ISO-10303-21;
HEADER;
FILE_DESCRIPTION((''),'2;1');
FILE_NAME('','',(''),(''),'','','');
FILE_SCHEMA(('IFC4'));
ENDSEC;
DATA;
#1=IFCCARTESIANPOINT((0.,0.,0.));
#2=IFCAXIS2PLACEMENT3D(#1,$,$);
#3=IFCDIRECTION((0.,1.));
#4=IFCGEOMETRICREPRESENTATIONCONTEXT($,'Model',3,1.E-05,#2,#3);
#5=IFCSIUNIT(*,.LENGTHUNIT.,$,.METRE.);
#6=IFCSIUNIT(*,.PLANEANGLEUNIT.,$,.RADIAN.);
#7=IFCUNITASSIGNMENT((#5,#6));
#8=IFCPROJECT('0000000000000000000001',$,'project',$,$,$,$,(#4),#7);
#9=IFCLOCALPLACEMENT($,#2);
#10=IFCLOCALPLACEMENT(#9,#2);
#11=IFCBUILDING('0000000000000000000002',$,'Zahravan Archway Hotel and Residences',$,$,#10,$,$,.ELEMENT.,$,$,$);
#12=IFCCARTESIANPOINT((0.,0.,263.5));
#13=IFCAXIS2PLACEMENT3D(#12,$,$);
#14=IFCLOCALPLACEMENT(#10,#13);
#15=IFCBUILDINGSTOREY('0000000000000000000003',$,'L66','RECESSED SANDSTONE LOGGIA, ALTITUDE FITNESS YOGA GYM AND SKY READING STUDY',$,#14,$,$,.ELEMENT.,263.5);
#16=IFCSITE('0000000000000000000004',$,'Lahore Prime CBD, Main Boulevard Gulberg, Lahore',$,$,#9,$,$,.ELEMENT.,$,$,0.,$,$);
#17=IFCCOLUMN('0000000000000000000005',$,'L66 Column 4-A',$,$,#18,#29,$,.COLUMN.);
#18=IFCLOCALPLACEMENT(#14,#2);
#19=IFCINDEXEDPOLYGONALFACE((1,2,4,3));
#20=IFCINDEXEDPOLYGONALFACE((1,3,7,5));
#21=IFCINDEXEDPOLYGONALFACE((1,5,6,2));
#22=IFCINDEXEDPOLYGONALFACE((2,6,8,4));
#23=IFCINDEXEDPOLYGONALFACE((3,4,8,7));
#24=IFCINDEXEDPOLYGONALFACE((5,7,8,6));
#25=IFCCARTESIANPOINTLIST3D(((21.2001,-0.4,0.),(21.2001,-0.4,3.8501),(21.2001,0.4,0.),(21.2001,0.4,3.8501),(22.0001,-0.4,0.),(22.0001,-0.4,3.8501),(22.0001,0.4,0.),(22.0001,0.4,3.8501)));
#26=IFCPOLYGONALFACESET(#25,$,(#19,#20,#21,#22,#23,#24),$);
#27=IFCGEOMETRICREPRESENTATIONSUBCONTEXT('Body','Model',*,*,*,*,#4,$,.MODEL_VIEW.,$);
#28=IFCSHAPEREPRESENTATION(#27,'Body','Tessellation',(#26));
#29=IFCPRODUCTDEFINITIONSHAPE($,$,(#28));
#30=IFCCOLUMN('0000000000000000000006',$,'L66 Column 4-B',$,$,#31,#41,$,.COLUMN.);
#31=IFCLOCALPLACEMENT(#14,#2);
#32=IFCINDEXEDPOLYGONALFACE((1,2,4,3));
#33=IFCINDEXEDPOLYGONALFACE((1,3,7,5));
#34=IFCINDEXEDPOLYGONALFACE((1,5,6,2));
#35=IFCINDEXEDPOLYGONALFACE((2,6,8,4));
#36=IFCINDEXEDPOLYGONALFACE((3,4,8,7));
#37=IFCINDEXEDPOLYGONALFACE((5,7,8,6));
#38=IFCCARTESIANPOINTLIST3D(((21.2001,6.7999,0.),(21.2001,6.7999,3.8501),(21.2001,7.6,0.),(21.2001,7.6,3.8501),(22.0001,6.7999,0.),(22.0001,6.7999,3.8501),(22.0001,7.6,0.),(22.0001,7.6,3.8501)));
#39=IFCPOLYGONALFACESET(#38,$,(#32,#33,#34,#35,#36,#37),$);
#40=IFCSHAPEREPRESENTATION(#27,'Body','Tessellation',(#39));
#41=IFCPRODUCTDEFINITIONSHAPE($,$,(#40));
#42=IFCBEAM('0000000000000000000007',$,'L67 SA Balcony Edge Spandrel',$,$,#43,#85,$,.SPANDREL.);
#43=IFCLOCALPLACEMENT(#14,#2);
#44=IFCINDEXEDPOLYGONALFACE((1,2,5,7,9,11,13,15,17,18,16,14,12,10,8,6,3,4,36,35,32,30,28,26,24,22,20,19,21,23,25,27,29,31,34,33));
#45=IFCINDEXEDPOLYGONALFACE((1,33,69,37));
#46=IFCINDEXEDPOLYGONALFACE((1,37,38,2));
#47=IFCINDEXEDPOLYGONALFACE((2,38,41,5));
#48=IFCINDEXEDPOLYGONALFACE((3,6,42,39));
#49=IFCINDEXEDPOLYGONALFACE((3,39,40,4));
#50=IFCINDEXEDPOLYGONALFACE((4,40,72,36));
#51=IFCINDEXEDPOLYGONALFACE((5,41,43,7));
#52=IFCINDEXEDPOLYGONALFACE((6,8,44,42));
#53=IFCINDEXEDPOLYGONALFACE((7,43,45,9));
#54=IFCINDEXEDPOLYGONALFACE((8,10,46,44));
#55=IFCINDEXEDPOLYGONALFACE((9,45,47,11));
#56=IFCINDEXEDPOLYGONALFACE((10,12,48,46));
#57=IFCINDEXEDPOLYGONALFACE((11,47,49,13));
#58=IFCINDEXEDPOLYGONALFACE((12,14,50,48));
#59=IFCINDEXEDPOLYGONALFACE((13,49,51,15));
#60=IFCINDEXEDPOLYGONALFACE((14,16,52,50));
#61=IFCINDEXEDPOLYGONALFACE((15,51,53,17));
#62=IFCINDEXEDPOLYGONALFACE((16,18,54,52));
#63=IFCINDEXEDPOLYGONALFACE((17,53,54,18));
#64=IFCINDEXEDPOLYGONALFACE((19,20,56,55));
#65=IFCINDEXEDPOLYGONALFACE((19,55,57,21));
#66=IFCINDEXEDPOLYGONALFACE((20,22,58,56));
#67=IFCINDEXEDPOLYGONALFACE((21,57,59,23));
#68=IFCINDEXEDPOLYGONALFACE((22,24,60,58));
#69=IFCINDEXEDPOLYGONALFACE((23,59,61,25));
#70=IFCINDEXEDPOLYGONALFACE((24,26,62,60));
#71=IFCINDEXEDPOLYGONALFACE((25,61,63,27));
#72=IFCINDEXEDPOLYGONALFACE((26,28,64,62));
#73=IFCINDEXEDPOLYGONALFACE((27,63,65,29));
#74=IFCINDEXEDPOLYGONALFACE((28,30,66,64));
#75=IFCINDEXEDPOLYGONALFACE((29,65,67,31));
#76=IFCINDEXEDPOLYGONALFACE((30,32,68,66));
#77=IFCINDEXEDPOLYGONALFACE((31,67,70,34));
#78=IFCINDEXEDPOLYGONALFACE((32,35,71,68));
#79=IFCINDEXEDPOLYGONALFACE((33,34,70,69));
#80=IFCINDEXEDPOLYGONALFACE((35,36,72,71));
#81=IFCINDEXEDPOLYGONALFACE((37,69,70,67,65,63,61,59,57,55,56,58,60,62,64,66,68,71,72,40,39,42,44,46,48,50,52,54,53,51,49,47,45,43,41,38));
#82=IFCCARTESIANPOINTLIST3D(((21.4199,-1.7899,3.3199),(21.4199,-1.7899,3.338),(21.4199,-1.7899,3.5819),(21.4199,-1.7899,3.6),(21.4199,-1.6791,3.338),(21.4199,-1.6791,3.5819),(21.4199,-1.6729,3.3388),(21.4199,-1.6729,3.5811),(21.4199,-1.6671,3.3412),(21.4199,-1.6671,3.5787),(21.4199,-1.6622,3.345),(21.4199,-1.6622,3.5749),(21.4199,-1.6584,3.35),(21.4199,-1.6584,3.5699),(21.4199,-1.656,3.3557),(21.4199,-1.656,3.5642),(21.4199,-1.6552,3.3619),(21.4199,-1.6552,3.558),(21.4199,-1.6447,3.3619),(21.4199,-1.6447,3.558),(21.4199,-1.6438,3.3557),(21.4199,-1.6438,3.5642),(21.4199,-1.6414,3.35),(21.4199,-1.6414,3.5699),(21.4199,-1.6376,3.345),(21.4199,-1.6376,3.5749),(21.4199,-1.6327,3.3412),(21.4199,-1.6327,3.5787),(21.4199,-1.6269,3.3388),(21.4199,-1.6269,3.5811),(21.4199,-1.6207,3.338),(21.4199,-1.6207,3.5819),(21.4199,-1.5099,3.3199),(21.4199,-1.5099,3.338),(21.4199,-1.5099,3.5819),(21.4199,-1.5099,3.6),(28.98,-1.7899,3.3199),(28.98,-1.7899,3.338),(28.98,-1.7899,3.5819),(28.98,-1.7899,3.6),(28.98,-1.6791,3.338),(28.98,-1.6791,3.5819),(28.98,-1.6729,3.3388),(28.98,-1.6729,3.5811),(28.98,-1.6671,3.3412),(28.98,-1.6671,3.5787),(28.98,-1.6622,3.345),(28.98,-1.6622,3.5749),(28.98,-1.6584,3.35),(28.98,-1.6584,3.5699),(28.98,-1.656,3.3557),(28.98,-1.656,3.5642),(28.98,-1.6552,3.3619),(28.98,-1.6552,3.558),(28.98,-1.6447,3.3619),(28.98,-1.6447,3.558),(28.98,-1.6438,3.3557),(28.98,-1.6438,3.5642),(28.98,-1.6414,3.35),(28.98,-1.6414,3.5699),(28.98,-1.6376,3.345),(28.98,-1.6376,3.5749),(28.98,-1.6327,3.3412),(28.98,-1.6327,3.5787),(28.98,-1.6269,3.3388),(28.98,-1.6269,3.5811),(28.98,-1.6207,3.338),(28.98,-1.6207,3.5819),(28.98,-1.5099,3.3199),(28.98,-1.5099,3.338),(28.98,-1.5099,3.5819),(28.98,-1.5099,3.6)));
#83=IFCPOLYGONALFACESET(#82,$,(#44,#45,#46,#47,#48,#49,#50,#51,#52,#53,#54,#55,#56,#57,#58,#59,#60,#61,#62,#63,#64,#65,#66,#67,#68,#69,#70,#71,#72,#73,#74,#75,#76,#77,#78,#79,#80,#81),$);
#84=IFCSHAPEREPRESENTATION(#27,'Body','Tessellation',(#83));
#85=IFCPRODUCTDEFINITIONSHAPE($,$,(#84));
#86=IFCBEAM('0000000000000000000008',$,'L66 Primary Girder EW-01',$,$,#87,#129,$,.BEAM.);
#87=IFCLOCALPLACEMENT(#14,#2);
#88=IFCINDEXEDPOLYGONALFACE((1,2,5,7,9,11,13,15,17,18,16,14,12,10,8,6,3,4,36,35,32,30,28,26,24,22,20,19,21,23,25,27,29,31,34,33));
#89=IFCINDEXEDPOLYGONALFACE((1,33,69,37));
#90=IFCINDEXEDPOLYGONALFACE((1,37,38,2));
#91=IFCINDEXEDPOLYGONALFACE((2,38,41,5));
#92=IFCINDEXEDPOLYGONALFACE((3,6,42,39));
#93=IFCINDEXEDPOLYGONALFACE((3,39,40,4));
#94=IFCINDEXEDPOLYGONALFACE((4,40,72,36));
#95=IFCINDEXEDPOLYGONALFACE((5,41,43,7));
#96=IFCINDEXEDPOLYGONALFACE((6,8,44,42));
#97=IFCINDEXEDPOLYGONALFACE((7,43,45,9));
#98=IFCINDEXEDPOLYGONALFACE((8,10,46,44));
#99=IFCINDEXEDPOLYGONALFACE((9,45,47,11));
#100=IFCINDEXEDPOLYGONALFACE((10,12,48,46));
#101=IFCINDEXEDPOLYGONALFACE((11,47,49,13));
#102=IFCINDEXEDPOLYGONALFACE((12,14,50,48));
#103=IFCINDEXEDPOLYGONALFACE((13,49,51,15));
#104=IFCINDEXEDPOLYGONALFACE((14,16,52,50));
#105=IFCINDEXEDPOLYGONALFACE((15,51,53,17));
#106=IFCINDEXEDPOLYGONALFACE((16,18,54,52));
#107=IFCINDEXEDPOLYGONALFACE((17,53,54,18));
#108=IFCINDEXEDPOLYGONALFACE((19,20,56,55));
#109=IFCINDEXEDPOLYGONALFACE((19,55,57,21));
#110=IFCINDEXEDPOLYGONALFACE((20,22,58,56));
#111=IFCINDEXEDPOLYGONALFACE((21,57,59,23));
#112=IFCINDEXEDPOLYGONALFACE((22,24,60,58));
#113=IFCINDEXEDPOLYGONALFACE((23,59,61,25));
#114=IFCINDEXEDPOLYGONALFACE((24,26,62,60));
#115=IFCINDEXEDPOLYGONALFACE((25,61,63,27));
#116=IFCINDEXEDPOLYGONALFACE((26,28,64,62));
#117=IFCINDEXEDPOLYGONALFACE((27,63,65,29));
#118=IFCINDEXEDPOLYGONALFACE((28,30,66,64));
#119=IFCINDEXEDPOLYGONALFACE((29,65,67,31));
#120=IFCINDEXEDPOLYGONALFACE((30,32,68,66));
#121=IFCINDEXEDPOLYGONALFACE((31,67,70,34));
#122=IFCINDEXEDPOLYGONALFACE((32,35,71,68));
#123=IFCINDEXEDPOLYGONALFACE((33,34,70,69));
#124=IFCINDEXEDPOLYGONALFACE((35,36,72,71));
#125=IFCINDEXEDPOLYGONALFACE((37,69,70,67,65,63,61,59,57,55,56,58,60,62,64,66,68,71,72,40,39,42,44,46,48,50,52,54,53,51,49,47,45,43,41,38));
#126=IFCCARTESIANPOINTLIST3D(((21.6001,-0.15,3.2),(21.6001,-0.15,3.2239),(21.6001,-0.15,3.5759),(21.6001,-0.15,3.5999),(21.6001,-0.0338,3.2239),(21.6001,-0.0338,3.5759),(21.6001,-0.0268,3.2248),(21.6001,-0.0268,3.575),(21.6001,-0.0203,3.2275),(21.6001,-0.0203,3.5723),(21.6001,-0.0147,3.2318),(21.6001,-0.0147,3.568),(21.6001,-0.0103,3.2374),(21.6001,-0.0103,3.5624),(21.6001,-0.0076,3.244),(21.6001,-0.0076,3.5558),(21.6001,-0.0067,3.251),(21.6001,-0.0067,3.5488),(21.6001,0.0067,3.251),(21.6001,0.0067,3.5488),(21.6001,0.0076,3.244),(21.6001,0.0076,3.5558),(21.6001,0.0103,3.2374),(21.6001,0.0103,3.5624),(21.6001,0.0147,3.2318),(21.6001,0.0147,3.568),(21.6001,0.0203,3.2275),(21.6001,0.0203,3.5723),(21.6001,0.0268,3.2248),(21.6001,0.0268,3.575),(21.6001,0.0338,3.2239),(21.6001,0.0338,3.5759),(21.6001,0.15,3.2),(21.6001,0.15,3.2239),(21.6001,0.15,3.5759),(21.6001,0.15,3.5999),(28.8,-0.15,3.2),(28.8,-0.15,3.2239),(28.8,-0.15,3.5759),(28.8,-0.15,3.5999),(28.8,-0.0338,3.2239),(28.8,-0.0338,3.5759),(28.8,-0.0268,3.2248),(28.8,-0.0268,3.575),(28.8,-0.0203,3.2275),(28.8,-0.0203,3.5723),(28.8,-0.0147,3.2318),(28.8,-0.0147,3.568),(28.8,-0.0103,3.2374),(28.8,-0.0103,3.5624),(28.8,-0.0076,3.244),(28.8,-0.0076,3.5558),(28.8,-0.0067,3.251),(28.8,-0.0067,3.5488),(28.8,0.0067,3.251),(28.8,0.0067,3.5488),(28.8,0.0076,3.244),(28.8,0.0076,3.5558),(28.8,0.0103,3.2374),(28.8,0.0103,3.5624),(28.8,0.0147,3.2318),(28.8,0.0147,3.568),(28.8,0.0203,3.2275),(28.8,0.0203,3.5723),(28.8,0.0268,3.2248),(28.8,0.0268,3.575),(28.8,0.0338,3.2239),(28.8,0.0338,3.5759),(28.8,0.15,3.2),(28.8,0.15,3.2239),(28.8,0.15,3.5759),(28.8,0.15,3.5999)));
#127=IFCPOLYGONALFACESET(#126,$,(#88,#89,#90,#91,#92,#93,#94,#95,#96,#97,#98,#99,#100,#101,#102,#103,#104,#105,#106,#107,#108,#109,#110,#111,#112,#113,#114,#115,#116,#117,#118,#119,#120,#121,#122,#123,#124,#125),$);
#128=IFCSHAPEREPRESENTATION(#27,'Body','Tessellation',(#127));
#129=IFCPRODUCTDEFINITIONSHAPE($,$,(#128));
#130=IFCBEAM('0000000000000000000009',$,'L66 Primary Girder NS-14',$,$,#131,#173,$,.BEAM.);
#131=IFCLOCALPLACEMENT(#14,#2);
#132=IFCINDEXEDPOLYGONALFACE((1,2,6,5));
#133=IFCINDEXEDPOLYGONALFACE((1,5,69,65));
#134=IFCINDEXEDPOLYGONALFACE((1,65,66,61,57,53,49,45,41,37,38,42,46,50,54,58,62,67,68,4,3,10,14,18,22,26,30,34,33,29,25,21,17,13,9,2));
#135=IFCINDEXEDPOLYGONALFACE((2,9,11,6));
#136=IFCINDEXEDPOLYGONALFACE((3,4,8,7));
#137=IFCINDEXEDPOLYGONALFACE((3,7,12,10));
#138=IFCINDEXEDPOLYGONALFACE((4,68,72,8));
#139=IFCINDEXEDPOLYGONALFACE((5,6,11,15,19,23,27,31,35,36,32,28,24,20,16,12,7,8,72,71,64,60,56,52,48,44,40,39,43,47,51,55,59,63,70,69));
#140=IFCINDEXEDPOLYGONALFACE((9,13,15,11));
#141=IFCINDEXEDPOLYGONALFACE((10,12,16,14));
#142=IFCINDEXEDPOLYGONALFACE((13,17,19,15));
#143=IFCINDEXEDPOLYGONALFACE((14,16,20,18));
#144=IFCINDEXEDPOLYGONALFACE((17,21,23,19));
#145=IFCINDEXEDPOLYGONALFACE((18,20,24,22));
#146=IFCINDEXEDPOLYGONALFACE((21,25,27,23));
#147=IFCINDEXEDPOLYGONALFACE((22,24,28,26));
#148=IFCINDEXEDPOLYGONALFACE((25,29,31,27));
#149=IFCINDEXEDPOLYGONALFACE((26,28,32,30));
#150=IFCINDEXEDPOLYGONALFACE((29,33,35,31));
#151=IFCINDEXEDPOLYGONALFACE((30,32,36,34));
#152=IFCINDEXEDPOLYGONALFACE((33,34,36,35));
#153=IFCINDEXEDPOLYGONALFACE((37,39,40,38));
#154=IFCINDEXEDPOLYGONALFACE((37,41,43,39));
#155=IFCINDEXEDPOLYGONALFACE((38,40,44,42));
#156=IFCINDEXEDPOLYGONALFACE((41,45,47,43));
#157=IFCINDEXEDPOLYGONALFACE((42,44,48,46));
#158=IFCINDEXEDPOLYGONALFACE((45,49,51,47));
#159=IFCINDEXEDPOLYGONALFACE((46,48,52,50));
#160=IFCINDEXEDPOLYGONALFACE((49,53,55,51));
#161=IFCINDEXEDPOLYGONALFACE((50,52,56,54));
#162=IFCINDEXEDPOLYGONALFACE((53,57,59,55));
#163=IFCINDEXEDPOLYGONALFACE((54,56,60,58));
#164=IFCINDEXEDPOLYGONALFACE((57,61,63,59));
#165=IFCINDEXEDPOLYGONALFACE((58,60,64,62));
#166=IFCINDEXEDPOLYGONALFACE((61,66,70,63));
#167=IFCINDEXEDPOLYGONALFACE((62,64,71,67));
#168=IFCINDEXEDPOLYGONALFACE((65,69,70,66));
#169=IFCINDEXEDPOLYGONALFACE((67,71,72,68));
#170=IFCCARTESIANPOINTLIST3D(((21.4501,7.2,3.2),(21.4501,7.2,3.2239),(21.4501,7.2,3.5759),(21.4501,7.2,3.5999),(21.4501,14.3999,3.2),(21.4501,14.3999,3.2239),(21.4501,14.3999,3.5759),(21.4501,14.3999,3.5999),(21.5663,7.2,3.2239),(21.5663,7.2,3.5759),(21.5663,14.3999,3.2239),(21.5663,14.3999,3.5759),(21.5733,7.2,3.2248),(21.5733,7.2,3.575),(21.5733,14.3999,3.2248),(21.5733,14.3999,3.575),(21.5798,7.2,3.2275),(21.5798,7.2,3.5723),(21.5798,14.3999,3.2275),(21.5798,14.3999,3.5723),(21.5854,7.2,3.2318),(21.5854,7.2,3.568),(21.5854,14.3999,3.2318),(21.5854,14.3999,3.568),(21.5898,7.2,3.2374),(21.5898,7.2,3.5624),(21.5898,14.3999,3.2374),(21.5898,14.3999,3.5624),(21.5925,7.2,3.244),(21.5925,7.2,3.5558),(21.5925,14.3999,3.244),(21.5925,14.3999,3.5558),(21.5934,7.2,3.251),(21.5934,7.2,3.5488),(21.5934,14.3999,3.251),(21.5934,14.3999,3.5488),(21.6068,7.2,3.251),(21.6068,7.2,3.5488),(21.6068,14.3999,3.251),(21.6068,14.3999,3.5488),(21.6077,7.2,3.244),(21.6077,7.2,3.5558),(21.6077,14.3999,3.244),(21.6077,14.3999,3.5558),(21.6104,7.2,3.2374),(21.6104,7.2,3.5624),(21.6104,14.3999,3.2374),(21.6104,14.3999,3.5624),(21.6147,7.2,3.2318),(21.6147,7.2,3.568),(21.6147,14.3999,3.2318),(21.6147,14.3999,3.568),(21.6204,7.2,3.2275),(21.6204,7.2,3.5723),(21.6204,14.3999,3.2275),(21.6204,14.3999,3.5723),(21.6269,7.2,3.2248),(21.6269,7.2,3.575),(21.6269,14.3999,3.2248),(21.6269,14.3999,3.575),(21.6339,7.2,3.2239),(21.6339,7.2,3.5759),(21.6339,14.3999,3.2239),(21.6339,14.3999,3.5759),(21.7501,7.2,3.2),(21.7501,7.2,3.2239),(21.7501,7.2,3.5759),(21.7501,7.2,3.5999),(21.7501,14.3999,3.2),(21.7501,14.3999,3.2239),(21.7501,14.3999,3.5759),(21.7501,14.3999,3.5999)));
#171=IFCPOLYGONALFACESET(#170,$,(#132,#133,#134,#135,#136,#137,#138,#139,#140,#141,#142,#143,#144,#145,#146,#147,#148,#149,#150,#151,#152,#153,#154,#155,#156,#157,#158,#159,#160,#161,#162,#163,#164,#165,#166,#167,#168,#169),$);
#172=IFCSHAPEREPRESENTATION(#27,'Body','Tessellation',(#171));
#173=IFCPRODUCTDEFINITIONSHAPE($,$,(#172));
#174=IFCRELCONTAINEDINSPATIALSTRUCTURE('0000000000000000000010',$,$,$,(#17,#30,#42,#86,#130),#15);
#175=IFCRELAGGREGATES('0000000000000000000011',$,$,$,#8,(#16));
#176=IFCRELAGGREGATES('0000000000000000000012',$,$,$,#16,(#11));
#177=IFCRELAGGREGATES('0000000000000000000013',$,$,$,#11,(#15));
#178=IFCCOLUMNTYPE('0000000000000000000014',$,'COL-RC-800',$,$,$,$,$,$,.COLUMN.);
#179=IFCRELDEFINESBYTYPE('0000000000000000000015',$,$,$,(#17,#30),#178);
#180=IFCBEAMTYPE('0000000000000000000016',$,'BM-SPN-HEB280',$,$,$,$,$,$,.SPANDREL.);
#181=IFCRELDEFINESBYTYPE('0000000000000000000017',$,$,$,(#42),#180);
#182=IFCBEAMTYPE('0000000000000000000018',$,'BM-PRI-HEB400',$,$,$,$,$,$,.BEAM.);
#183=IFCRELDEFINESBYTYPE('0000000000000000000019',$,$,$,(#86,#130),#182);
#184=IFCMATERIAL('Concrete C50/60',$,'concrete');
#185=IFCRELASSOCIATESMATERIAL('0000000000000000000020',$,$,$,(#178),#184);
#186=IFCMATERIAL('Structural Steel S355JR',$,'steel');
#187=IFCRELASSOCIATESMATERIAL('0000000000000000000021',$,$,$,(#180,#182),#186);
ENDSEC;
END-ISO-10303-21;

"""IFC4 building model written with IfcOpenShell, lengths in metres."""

from ifc_helpers import new_model, si_unit, direction, frame, origin, origin_2d, place, context, subcontext, project, spatial, rectangle, i_section, extrude, source, transform, mapped, material, material_profile, profile_set, type_object, type_shapes, element, save


model = new_model("IFC4")

# Units and contexts
model_context = context("Model", 3, precision=1e-05, world=origin(), true_north=direction((0.0, 1.0)))
body_context = subcontext(model_context, "Body", "Model", "MODEL_VIEW")
ifc_project = project(units=[si_unit("LENGTHUNIT", "METRE"), si_unit("PLANEANGLEUNIT", "RADIAN")], contexts=[model_context])

# Site, building, storey
site_placement = place(None, origin())
site = spatial("IfcSite", under=ifc_project, at=site_placement, Name="Lahore Prime CBD, Main Boulevard Gulberg, Lahore", CompositionType="ELEMENT", RefElevation=0.0)
building_placement = place(site_placement, origin())
building = spatial("IfcBuilding", under=site, at=building_placement, Name="Zahravan Archway Hotel and Residences", CompositionType="ELEMENT")
storey_placement = place(building_placement, frame((0.0, 0.0, 263.5)))
storey = spatial("IfcBuildingStorey", under=building, at=storey_placement, Name="L66", Description="RECESSED SANDSTONE LOGGIA, ALTITUDE FITNESS YOGA GYM AND SKY READING STUDY", CompositionType="ELEMENT", Elevation=263.5)

# Columns
ifc_material_1 = material(Name="Concrete C50/60", Category="concrete")
ifc_material_profile_1 = material_profile(ifc_material_1, rectangle(XDim=0.8, YDim=0.8, at=origin_2d()), Name="RC-COL-800x800", Category="concrete")
ifc_profile_set_1 = profile_set([ifc_material_profile_1], Name="Concrete C50/60")
column_type = type_object("IfcColumnType", Name="COL-RC-800", PredefinedType="COLUMN", material=ifc_profile_set_1)
shared_shape_1 = source(origin(), body_context, "Body", "SweptSolid", [
    extrude(rectangle(XDim=0.8, YDim=0.8, at=origin_2d()), origin(), (0.0, 0.0, 1.0), 3.8501),
])
for number, where, z_axis, x_axis, name in (
    (1, (21.6001, 0.0, 0.0), (0.0, 0.0, 1.0), (1.0, 0.0, 0.0), "L66 Column 4-A"),
    (2, (21.6001, 7.2, 0.0), (0.0, 0.0, 1.0), (1.0, 0.0, 0.0), "L66 Column 4-B"),
):
    element("IfcColumn", number, at=place(storey_placement, frame(where, z_axis=z_axis, x_axis=x_axis)), inside=storey, type_object=column_type, Name=name, PredefinedType="COLUMN", context=body_context, shape_type="MappedRepresentation", body=[
        mapped(shared_shape_1, transform((0.0, 0.0, 0.0), scale=1.0)),
    ])

# Beams
ifc_material_2 = material(Name="Structural Steel S355JR", Category="steel")
ifc_material_profile_2 = material_profile(ifc_material_2, i_section(OverallWidth=0.28, OverallDepth=0.28, WebThickness=0.0105, FlangeThickness=0.0181, FilletRadius=0.0239, at=origin_2d()), Name="HEB 280", Category="steel")
ifc_profile_set_2 = profile_set([ifc_material_profile_2], Name="Structural Steel S355JR")
beam_type_1 = type_object("IfcBeamType", Name="BM-SPN-HEB280", PredefinedType="SPANDREL", material=ifc_profile_set_2)
shared_shape_2 = source(origin(), body_context, "Body", "SweptSolid", [
    extrude(i_section(OverallWidth=0.28, OverallDepth=0.28, WebThickness=0.0105, FlangeThickness=0.0181, FilletRadius=0.0239, at=origin_2d()), origin(), (0.0, 0.0, 1.0), 7.5601),
])
type_shapes(beam_type_1, [shared_shape_2])
beam_1_placement = place(storey_placement, frame((21.4199, -1.6499, 3.46), z_axis=(1.0, 0.0, 0.0), x_axis=(0.0, 1.0, 0.0)))
element("IfcBeam", 3, at=beam_1_placement, inside=storey, type_object=beam_type_1, Name="L67 SA Balcony Edge Spandrel", PredefinedType="SPANDREL", context=body_context, shape_type="MappedRepresentation", body=[
    mapped(shared_shape_2, transform((0.0, 0.0, 0.0), scale=1.0)),
])
ifc_material_profile_3 = material_profile(ifc_material_2, i_section(OverallWidth=0.3, OverallDepth=0.3999, WebThickness=0.0134, FlangeThickness=0.0239, FilletRadius=0.0271, at=origin_2d()), Name="HEB 400", Category="steel")
ifc_profile_set_3 = profile_set([ifc_material_profile_3], Name="Structural Steel S355JR")
beam_type_2 = type_object("IfcBeamType", Name="BM-PRI-HEB400", PredefinedType="BEAM", material=ifc_profile_set_3)
shared_shape_3 = source(origin(), body_context, "Body", "SweptSolid", [
    extrude(i_section(OverallWidth=0.3, OverallDepth=0.3999, WebThickness=0.0134, FlangeThickness=0.0239, FilletRadius=0.0271, at=origin_2d()), origin(), (0.0, 0.0, 1.0), 7.2),
])
type_shapes(beam_type_2, [shared_shape_3])
for number, where, z_axis, x_axis, name in (
    (4, (21.6001, 0.0, 3.3999), (1.0, 0.0, 0.0), (0.0, 1.0, 0.0), "L66 Primary Girder EW-01"),
    (5, (21.6001, 7.2, 3.3999), (0.0, 1.0, 0.0), (-1.0, 0.0, 0.0), "L66 Primary Girder NS-14"),
):
    element("IfcBeam", number, at=place(storey_placement, frame(where, z_axis=z_axis, x_axis=x_axis)), inside=storey, type_object=beam_type_2, Name=name, PredefinedType="BEAM", context=body_context, shape_type="MappedRepresentation", body=[
        mapped(shared_shape_3, transform((0.0, 0.0, 0.0), scale=1.0)),
    ])

save(model, "model.ifc")
